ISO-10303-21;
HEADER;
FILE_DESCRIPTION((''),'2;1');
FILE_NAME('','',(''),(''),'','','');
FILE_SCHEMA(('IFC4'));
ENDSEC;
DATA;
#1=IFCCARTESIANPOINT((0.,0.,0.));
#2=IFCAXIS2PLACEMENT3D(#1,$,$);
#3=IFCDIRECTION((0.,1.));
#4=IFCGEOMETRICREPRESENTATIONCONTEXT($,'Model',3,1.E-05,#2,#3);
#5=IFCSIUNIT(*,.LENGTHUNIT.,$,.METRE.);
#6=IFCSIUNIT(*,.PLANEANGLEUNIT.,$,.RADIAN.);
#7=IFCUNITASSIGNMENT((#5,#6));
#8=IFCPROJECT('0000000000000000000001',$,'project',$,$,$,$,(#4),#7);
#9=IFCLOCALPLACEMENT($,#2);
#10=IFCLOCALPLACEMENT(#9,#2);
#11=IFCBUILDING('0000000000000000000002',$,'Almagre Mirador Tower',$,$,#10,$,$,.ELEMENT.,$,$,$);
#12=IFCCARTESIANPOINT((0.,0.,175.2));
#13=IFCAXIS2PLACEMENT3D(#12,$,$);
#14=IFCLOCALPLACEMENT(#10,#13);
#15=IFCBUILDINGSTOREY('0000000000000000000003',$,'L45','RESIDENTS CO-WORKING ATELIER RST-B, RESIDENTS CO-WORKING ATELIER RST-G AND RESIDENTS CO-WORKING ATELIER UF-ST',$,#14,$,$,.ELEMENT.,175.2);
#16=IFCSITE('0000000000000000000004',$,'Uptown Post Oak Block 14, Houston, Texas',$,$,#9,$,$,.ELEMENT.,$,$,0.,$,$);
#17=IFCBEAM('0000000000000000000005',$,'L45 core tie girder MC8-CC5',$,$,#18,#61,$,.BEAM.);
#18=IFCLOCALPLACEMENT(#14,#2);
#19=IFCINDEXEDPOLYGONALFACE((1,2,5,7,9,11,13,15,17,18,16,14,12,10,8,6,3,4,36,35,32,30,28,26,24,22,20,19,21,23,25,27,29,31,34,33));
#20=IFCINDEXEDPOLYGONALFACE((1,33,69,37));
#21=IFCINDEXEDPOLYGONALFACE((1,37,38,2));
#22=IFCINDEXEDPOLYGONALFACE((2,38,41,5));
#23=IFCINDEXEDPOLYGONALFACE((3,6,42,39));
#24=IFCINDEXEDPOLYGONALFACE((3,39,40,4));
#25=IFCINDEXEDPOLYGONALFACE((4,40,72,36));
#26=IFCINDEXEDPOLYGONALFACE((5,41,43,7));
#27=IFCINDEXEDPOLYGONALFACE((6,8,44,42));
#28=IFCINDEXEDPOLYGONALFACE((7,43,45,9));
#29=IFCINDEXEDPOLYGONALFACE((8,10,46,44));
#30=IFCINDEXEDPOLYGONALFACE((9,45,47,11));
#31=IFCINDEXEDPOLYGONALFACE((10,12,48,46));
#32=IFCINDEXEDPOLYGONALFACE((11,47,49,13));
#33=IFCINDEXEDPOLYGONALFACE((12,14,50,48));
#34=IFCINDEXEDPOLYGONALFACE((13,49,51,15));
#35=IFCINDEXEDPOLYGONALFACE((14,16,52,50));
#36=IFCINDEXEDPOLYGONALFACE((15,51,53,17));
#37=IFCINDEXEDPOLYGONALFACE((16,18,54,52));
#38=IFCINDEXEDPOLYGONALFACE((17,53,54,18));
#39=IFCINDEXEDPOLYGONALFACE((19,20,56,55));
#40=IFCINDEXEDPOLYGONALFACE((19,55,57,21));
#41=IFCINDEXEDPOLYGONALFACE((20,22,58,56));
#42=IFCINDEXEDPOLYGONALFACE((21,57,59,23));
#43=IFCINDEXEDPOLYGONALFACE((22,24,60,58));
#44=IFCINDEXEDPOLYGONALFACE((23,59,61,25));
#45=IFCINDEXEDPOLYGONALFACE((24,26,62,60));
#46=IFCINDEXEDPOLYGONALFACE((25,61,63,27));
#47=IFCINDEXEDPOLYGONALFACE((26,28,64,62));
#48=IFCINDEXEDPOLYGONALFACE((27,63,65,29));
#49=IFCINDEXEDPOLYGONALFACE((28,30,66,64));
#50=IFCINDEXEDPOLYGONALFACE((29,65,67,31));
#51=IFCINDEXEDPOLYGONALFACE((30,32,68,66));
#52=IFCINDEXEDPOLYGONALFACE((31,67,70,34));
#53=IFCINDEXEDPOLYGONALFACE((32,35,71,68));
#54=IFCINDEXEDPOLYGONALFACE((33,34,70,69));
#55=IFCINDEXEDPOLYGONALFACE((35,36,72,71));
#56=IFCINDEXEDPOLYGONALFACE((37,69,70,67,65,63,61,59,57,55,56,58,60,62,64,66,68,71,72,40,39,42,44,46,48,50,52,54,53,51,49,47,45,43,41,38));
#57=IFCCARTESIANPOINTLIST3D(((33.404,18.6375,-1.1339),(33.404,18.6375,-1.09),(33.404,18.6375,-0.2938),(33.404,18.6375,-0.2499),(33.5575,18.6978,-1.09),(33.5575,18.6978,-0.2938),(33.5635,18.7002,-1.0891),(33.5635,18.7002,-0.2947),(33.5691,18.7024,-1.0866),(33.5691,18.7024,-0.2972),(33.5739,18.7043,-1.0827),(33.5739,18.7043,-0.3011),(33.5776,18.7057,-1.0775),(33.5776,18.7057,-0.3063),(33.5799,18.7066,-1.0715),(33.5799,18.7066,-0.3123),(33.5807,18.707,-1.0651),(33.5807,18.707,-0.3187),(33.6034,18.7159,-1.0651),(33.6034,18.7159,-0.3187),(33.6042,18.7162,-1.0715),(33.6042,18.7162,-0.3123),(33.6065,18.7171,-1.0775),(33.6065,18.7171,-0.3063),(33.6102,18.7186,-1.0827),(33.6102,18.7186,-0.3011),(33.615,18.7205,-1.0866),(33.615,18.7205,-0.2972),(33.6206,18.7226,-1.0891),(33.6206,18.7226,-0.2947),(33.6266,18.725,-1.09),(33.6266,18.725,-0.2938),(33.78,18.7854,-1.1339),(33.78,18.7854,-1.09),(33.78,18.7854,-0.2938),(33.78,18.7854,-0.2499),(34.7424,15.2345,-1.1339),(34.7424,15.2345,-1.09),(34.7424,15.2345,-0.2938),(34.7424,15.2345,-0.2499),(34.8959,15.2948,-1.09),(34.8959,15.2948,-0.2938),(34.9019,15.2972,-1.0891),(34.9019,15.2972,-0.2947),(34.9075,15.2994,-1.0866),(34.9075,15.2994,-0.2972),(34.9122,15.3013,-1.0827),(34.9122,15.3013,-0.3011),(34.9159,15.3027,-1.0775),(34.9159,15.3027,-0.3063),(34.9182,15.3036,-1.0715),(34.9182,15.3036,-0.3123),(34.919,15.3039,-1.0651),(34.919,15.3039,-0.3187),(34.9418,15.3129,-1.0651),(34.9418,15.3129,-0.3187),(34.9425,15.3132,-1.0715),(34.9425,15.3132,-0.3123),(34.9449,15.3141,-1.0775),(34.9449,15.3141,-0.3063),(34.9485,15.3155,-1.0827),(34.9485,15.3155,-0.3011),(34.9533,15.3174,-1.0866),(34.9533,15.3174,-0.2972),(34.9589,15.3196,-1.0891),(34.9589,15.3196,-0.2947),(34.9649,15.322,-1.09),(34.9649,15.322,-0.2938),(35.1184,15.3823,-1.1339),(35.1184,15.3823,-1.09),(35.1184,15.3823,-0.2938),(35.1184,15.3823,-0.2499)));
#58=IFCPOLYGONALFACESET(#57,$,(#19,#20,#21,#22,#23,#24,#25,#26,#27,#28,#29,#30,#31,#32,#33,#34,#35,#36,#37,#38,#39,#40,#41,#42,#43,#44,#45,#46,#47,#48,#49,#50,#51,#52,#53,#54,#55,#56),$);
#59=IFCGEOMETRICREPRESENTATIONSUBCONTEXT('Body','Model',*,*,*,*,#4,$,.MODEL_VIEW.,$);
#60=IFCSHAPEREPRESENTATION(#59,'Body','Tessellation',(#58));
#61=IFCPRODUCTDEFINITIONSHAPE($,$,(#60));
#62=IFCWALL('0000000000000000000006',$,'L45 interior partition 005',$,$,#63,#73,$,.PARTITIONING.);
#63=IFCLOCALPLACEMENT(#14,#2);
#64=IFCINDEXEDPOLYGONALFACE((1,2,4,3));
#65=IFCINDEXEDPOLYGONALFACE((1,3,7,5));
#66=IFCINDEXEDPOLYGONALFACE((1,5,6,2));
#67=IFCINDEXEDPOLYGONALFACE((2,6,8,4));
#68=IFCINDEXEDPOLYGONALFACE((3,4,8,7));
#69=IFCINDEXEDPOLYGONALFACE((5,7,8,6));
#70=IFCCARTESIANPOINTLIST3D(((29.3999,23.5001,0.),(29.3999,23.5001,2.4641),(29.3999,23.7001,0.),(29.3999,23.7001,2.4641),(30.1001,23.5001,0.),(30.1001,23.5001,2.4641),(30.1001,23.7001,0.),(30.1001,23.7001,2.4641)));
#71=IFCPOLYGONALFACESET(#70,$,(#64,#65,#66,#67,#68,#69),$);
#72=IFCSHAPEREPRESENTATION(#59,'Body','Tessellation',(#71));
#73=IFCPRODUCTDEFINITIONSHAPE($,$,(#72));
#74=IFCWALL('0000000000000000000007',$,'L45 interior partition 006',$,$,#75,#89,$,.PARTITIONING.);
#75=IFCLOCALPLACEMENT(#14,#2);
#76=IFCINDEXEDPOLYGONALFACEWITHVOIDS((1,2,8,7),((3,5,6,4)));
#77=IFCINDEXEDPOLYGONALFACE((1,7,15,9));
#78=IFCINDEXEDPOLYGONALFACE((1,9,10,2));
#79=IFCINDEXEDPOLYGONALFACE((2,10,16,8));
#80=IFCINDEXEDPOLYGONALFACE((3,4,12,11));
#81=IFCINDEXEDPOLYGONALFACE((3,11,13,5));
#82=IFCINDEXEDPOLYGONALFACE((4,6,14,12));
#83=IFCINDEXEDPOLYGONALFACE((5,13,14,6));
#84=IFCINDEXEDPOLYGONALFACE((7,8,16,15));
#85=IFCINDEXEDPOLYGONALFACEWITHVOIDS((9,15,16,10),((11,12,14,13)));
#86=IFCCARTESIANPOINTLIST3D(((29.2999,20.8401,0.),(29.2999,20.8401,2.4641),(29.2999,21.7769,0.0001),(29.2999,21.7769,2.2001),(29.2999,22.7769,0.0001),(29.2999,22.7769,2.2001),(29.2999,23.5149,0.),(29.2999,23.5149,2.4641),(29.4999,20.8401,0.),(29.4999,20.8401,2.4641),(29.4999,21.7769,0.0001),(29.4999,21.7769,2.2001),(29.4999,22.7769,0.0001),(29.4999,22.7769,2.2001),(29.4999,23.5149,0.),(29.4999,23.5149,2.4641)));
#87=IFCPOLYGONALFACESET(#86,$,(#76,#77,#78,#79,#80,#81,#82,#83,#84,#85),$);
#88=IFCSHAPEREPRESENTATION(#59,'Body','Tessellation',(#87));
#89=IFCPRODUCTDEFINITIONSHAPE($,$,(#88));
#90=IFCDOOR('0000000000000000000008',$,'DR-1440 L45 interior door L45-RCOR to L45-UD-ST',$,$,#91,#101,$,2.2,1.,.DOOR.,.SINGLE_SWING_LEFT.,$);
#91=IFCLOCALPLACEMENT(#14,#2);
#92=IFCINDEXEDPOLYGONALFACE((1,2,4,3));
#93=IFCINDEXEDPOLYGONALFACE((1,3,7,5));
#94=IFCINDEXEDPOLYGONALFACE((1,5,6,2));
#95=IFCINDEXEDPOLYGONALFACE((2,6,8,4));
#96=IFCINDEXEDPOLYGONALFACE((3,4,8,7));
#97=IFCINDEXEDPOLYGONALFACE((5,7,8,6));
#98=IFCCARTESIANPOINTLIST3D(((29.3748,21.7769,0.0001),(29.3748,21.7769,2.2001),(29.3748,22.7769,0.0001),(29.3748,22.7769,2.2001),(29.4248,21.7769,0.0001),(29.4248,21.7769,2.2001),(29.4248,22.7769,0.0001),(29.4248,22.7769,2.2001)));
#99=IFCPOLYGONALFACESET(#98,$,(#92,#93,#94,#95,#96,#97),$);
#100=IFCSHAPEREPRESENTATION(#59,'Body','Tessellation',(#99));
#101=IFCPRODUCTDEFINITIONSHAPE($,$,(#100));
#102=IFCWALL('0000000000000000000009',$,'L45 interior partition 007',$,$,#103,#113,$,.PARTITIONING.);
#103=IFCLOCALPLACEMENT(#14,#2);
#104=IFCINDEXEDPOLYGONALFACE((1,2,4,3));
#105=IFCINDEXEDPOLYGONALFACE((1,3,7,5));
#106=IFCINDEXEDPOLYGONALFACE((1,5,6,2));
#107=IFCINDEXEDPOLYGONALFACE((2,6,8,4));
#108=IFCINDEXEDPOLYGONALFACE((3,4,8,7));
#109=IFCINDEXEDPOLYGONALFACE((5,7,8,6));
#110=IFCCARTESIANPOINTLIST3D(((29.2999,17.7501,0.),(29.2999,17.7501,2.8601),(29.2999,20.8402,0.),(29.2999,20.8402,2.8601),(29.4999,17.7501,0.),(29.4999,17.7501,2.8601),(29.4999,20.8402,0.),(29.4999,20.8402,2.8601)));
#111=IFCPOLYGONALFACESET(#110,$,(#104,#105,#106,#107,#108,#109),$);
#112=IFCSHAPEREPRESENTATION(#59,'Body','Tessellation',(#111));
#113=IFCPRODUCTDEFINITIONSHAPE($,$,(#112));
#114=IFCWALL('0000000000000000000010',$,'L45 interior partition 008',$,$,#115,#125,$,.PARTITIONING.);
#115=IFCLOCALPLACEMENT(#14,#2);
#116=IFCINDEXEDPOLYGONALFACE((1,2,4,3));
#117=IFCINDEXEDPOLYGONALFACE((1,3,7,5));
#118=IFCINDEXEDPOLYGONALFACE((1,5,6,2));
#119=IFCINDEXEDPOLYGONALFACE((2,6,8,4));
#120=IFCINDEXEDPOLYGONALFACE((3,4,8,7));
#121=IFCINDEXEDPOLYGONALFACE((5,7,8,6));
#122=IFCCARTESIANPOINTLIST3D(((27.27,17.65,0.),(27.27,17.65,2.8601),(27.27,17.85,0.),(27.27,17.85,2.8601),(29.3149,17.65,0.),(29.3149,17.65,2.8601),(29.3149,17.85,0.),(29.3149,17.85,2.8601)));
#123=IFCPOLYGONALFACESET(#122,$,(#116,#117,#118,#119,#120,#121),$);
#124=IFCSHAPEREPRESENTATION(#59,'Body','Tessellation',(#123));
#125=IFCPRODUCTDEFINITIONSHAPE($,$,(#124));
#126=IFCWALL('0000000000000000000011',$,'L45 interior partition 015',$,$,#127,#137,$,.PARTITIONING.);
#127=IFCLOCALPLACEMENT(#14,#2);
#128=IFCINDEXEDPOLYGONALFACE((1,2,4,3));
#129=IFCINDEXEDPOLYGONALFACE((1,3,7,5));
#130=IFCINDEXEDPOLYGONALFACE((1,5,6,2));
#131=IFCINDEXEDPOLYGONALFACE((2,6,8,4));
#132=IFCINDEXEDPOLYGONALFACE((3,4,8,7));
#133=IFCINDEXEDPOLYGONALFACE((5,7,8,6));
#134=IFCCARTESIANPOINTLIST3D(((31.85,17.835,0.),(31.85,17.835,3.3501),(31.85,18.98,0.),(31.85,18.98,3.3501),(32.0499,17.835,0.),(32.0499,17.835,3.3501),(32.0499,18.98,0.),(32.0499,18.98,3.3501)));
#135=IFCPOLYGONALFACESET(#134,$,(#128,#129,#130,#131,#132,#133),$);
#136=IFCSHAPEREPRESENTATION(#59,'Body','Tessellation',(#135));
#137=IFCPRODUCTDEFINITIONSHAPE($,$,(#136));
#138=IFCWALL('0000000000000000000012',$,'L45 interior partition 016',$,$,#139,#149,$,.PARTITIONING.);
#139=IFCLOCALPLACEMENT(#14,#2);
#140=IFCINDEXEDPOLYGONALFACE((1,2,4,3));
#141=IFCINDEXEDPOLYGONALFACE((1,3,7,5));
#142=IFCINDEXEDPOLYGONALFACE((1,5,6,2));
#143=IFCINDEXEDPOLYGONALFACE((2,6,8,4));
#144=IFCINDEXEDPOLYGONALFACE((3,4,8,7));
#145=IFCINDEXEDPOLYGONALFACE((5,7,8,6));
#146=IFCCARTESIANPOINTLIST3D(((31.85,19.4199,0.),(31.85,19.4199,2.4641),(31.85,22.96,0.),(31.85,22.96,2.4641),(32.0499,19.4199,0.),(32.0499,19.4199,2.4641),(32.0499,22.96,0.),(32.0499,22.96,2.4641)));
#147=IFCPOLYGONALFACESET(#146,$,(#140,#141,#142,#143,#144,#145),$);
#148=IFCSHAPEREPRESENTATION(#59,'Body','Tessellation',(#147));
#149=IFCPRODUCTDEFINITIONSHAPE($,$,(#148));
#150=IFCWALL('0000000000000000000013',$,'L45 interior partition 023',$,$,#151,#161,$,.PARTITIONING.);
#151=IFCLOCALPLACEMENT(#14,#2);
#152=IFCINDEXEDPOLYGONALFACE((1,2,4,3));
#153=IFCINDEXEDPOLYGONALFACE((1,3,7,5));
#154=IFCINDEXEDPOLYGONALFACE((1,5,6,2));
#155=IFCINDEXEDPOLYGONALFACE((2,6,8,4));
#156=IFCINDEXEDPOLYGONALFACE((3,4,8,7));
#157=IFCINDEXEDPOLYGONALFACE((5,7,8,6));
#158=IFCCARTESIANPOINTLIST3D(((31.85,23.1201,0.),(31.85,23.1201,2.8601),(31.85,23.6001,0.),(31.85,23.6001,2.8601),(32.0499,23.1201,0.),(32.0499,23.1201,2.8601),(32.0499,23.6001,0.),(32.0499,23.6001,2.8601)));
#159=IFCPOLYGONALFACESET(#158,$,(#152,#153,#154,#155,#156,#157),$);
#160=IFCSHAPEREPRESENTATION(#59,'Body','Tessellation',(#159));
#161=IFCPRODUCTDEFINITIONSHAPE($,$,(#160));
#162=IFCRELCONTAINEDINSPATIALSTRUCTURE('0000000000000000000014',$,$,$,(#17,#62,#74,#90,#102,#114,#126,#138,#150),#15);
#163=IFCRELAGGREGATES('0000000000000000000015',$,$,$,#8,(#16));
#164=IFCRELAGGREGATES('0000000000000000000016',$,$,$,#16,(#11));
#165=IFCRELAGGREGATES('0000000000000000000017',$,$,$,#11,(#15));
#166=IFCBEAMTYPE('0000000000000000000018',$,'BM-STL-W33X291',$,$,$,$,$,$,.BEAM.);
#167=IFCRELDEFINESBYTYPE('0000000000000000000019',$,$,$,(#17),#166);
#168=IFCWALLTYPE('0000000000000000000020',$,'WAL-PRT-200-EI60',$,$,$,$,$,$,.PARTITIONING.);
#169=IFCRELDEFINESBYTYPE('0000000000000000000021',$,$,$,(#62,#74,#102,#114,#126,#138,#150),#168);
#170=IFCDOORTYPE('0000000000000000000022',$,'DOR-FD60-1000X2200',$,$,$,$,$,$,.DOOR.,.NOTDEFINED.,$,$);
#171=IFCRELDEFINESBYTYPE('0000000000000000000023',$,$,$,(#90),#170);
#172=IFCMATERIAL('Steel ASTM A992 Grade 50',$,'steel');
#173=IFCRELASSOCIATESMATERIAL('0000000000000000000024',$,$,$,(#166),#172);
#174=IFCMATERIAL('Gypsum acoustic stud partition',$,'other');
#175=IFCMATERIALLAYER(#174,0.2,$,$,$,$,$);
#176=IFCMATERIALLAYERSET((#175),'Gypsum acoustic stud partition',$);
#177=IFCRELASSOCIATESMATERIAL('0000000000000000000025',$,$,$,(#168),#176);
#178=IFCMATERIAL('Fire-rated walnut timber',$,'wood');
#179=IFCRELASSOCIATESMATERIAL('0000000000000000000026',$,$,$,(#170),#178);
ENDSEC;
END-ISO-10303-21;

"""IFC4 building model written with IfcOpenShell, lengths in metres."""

from ifc_helpers import new_model, si_unit, direction, frame, frame_2d, origin, origin_2d, place, context, subcontext, project, spatial, rectangle, i_section, extrude, material, layer, layer_set, material_profile, profile_set, type_object, element, fill, save


model = new_model("IFC4")

# Units and contexts
model_context = context("Model", 3, precision=1e-05, world=origin(), true_north=direction((0.0, 1.0)))
body_context = subcontext(model_context, "Body", "Model", "MODEL_VIEW")
ifc_project = project(units=[si_unit("LENGTHUNIT", "METRE"), si_unit("PLANEANGLEUNIT", "RADIAN")], contexts=[model_context])

# Site, building, storey
site_placement = place(None, origin())
site = spatial("IfcSite", under=ifc_project, at=site_placement, Name="Uptown Post Oak Block 14, Houston, Texas", CompositionType="ELEMENT", RefElevation=0.0)
building_placement = place(site_placement, origin())
building = spatial("IfcBuilding", under=site, at=building_placement, Name="Almagre Mirador Tower", CompositionType="ELEMENT")
storey_placement = place(building_placement, frame((0.0, 0.0, 175.2)))
storey = spatial("IfcBuildingStorey", under=building, at=storey_placement, Name="L45", Description="RESIDENTS CO-WORKING ATELIER RST-B, RESIDENTS CO-WORKING ATELIER RST-G AND RESIDENTS CO-WORKING ATELIER UF-ST", CompositionType="ELEMENT", Elevation=175.2)

# Beam
ifc_material_1 = material(Name="Steel ASTM A992 Grade 50", Category="steel")
ifc_material_profile_1 = material_profile(ifc_material_1, i_section(OverallWidth=0.4041, OverallDepth=0.884, WebThickness=0.0244, FlangeThickness=0.0439, FilletRadius=0.0249, at=origin_2d()), Name="W33X291")
ifc_profile_set_1 = profile_set([ifc_material_profile_1], Name="Steel ASTM A992 Grade 50")
beam_type_1 = type_object("IfcBeamType", Name="BM-STL-W33X291", PredefinedType="BEAM", material=ifc_profile_set_1)
beam_1_placement = place(storey_placement, frame((33.592, 18.7114, -0.6919), z_axis=(0.365997, -0.930616, 0.0), x_axis=(0.930616, 0.365997, 0.0)))
element("IfcBeam", 1, at=beam_1_placement, inside=storey, type_object=beam_type_1, Name="L45 core tie girder MC8-CC5", PredefinedType="BEAM", context=body_context, shape_type="SweptSolid", body=[
    extrude(i_section(OverallWidth=0.4041, OverallDepth=0.884, WebThickness=0.0244, FlangeThickness=0.0439, FilletRadius=0.0249, at=origin_2d()), origin(), (0.0, 0.0, 1.0), 3.6567),
])

# Wall
ifc_material_2 = material(Name="Gypsum acoustic stud partition", Category="other")
ifc_layer_1 = layer(ifc_material_2, 0.2)
ifc_layer_set_1 = layer_set([ifc_layer_1], Name="Gypsum acoustic stud partition")
wall_type_1 = type_object("IfcWallType", Name="WAL-PRT-200-EI60", PredefinedType="PARTITIONING", material=ifc_layer_set_1)
wall_1_placement = place(storey_placement, frame((30.1001, 23.6001, 0.0), z_axis=(0.0, 0.0, 1.0), x_axis=(-1.0, 0.0, 0.0)))
element("IfcWall", 2, at=wall_1_placement, inside=storey, type_object=wall_type_1, Name="L45 interior partition 005", PredefinedType="PARTITIONING", context=body_context, shape_type="SweptSolid", body=[
    extrude(rectangle(XDim=0.7002, YDim=0.2, at=frame_2d((0.3501, 0.0))), origin(), (0.0, 0.0, 1.0), 2.4641),
])

# Wall, opening, door
wall_2_placement = place(storey_placement, frame((29.3999, 23.5149, 0.0), z_axis=(0.0, 0.0, 1.0), x_axis=(0.0, -1.0, 0.0)))
wall_2 = element("IfcWall", 3, at=wall_2_placement, inside=storey, type_object=wall_type_1, Name="L45 interior partition 006", PredefinedType="PARTITIONING", context=body_context, shape_type="SweptSolid", body=[
    extrude(rectangle(XDim=2.6748, YDim=0.2, at=frame_2d((1.3374, 0.0))), origin(), (0.0, 0.0, 1.0), 2.4641),
])
opening_1_placement = place(wall_2_placement, frame((0.738, 0.0, 0.0)))
opening_1 = element("IfcOpeningElement", 4, at=opening_1_placement, cuts=wall_2, PredefinedType="OPENING", context=body_context, shape_type="SweptSolid", body=[
    extrude(rectangle(XDim=1.0, YDim=2.2, at=frame_2d((0.5, 1.1001))), frame((0.0, 0.1101, 0.0), z_axis=(0.0, -1.0, 0.0), x_axis=(1.0, 0.0, 0.0)), (0.0, 0.0, 1.0), 0.22),
])
ifc_material_3 = material(Name="Fire-rated walnut timber", Category="wood")
door_type_1 = type_object("IfcDoorType", Name="DOR-FD60-1000X2200", OperationType="NOTDEFINED", PredefinedType="DOOR", material=ifc_material_3)
door_1_placement = place(opening_1_placement, origin())
door_1 = element("IfcDoor", 5, at=door_1_placement, inside=storey, type_object=door_type_1, Name="DR-1440 L45 interior door L45-RCOR to L45-UD-ST", OperationType="SINGLE_SWING_LEFT", OverallHeight=2.2, OverallWidth=1.0, PredefinedType="DOOR", context=body_context, shape_type="SweptSolid", body=[
    extrude(rectangle(XDim=1.0, YDim=2.2, at=frame_2d((0.5, 1.1001))), frame((0.0, 0.0249, 0.0), z_axis=(0.0, -1.0, 0.0), x_axis=(1.0, 0.0, 0.0)), (0.0, 0.0, 1.0), 0.05),
])
fill(opening_1, door_1)

# Walls
wall_3_placement = place(storey_placement, frame((29.3999, 20.8401, 0.0), z_axis=(0.0, 0.0, 1.0), x_axis=(0.0, -1.0, 0.0)))
element("IfcWall", 6, at=wall_3_placement, inside=storey, type_object=wall_type_1, Name="L45 interior partition 007", PredefinedType="PARTITIONING", context=body_context, shape_type="SweptSolid", body=[
    extrude(rectangle(XDim=3.0901, YDim=0.2, at=frame_2d((1.5449, 0.0))), origin(), (0.0, 0.0, 1.0), 2.8601),
])
wall_4_placement = place(storey_placement, frame((29.3149, 17.75, 0.0), z_axis=(0.0, 0.0, 1.0), x_axis=(-1.0, 0.0, 0.0)))
element("IfcWall", 7, at=wall_4_placement, inside=storey, type_object=wall_type_1, Name="L45 interior partition 008", PredefinedType="PARTITIONING", context=body_context, shape_type="SweptSolid", body=[
    extrude(rectangle(XDim=2.0449, YDim=0.2, at=frame_2d((1.0225, 0.0))), origin(), (0.0, 0.0, 1.0), 2.8601),
])
wall_5_placement = place(storey_placement, frame((31.95, 17.835, 0.0), z_axis=(0.0, 0.0, 1.0), x_axis=(0.0, 1.0, 0.0)))
element("IfcWall", 8, at=wall_5_placement, inside=storey, type_object=wall_type_1, Name="L45 interior partition 015", PredefinedType="PARTITIONING", context=body_context, shape_type="SweptSolid", body=[
    extrude(rectangle(XDim=1.145, YDim=0.2, at=frame_2d((0.5725, 0.0))), origin(), (0.0, 0.0, 1.0), 3.3501),
])
wall_6_placement = place(storey_placement, frame((31.95, 19.4199, 0.0), z_axis=(0.0, 0.0, 1.0), x_axis=(0.0, 1.0, 0.0)))
element("IfcWall", 9, at=wall_6_placement, inside=storey, type_object=wall_type_1, Name="L45 interior partition 016", PredefinedType="PARTITIONING", context=body_context, shape_type="SweptSolid", body=[
    extrude(rectangle(XDim=3.54, YDim=0.2, at=frame_2d((1.77, 0.0))), origin(), (0.0, 0.0, 1.0), 2.4641),
])
wall_7_placement = place(storey_placement, frame((31.95, 23.1201, 0.0), z_axis=(0.0, 0.0, 1.0), x_axis=(0.0, 1.0, 0.0)))
element("IfcWall", 10, at=wall_7_placement, inside=storey, type_object=wall_type_1, Name="L45 interior partition 023", PredefinedType="PARTITIONING", context=body_context, shape_type="SweptSolid", body=[
    extrude(rectangle(XDim=0.48, YDim=0.2, at=frame_2d((0.24, 0.0))), origin(), (0.0, 0.0, 1.0), 2.8601),
])

save(model, "model.ifc")
